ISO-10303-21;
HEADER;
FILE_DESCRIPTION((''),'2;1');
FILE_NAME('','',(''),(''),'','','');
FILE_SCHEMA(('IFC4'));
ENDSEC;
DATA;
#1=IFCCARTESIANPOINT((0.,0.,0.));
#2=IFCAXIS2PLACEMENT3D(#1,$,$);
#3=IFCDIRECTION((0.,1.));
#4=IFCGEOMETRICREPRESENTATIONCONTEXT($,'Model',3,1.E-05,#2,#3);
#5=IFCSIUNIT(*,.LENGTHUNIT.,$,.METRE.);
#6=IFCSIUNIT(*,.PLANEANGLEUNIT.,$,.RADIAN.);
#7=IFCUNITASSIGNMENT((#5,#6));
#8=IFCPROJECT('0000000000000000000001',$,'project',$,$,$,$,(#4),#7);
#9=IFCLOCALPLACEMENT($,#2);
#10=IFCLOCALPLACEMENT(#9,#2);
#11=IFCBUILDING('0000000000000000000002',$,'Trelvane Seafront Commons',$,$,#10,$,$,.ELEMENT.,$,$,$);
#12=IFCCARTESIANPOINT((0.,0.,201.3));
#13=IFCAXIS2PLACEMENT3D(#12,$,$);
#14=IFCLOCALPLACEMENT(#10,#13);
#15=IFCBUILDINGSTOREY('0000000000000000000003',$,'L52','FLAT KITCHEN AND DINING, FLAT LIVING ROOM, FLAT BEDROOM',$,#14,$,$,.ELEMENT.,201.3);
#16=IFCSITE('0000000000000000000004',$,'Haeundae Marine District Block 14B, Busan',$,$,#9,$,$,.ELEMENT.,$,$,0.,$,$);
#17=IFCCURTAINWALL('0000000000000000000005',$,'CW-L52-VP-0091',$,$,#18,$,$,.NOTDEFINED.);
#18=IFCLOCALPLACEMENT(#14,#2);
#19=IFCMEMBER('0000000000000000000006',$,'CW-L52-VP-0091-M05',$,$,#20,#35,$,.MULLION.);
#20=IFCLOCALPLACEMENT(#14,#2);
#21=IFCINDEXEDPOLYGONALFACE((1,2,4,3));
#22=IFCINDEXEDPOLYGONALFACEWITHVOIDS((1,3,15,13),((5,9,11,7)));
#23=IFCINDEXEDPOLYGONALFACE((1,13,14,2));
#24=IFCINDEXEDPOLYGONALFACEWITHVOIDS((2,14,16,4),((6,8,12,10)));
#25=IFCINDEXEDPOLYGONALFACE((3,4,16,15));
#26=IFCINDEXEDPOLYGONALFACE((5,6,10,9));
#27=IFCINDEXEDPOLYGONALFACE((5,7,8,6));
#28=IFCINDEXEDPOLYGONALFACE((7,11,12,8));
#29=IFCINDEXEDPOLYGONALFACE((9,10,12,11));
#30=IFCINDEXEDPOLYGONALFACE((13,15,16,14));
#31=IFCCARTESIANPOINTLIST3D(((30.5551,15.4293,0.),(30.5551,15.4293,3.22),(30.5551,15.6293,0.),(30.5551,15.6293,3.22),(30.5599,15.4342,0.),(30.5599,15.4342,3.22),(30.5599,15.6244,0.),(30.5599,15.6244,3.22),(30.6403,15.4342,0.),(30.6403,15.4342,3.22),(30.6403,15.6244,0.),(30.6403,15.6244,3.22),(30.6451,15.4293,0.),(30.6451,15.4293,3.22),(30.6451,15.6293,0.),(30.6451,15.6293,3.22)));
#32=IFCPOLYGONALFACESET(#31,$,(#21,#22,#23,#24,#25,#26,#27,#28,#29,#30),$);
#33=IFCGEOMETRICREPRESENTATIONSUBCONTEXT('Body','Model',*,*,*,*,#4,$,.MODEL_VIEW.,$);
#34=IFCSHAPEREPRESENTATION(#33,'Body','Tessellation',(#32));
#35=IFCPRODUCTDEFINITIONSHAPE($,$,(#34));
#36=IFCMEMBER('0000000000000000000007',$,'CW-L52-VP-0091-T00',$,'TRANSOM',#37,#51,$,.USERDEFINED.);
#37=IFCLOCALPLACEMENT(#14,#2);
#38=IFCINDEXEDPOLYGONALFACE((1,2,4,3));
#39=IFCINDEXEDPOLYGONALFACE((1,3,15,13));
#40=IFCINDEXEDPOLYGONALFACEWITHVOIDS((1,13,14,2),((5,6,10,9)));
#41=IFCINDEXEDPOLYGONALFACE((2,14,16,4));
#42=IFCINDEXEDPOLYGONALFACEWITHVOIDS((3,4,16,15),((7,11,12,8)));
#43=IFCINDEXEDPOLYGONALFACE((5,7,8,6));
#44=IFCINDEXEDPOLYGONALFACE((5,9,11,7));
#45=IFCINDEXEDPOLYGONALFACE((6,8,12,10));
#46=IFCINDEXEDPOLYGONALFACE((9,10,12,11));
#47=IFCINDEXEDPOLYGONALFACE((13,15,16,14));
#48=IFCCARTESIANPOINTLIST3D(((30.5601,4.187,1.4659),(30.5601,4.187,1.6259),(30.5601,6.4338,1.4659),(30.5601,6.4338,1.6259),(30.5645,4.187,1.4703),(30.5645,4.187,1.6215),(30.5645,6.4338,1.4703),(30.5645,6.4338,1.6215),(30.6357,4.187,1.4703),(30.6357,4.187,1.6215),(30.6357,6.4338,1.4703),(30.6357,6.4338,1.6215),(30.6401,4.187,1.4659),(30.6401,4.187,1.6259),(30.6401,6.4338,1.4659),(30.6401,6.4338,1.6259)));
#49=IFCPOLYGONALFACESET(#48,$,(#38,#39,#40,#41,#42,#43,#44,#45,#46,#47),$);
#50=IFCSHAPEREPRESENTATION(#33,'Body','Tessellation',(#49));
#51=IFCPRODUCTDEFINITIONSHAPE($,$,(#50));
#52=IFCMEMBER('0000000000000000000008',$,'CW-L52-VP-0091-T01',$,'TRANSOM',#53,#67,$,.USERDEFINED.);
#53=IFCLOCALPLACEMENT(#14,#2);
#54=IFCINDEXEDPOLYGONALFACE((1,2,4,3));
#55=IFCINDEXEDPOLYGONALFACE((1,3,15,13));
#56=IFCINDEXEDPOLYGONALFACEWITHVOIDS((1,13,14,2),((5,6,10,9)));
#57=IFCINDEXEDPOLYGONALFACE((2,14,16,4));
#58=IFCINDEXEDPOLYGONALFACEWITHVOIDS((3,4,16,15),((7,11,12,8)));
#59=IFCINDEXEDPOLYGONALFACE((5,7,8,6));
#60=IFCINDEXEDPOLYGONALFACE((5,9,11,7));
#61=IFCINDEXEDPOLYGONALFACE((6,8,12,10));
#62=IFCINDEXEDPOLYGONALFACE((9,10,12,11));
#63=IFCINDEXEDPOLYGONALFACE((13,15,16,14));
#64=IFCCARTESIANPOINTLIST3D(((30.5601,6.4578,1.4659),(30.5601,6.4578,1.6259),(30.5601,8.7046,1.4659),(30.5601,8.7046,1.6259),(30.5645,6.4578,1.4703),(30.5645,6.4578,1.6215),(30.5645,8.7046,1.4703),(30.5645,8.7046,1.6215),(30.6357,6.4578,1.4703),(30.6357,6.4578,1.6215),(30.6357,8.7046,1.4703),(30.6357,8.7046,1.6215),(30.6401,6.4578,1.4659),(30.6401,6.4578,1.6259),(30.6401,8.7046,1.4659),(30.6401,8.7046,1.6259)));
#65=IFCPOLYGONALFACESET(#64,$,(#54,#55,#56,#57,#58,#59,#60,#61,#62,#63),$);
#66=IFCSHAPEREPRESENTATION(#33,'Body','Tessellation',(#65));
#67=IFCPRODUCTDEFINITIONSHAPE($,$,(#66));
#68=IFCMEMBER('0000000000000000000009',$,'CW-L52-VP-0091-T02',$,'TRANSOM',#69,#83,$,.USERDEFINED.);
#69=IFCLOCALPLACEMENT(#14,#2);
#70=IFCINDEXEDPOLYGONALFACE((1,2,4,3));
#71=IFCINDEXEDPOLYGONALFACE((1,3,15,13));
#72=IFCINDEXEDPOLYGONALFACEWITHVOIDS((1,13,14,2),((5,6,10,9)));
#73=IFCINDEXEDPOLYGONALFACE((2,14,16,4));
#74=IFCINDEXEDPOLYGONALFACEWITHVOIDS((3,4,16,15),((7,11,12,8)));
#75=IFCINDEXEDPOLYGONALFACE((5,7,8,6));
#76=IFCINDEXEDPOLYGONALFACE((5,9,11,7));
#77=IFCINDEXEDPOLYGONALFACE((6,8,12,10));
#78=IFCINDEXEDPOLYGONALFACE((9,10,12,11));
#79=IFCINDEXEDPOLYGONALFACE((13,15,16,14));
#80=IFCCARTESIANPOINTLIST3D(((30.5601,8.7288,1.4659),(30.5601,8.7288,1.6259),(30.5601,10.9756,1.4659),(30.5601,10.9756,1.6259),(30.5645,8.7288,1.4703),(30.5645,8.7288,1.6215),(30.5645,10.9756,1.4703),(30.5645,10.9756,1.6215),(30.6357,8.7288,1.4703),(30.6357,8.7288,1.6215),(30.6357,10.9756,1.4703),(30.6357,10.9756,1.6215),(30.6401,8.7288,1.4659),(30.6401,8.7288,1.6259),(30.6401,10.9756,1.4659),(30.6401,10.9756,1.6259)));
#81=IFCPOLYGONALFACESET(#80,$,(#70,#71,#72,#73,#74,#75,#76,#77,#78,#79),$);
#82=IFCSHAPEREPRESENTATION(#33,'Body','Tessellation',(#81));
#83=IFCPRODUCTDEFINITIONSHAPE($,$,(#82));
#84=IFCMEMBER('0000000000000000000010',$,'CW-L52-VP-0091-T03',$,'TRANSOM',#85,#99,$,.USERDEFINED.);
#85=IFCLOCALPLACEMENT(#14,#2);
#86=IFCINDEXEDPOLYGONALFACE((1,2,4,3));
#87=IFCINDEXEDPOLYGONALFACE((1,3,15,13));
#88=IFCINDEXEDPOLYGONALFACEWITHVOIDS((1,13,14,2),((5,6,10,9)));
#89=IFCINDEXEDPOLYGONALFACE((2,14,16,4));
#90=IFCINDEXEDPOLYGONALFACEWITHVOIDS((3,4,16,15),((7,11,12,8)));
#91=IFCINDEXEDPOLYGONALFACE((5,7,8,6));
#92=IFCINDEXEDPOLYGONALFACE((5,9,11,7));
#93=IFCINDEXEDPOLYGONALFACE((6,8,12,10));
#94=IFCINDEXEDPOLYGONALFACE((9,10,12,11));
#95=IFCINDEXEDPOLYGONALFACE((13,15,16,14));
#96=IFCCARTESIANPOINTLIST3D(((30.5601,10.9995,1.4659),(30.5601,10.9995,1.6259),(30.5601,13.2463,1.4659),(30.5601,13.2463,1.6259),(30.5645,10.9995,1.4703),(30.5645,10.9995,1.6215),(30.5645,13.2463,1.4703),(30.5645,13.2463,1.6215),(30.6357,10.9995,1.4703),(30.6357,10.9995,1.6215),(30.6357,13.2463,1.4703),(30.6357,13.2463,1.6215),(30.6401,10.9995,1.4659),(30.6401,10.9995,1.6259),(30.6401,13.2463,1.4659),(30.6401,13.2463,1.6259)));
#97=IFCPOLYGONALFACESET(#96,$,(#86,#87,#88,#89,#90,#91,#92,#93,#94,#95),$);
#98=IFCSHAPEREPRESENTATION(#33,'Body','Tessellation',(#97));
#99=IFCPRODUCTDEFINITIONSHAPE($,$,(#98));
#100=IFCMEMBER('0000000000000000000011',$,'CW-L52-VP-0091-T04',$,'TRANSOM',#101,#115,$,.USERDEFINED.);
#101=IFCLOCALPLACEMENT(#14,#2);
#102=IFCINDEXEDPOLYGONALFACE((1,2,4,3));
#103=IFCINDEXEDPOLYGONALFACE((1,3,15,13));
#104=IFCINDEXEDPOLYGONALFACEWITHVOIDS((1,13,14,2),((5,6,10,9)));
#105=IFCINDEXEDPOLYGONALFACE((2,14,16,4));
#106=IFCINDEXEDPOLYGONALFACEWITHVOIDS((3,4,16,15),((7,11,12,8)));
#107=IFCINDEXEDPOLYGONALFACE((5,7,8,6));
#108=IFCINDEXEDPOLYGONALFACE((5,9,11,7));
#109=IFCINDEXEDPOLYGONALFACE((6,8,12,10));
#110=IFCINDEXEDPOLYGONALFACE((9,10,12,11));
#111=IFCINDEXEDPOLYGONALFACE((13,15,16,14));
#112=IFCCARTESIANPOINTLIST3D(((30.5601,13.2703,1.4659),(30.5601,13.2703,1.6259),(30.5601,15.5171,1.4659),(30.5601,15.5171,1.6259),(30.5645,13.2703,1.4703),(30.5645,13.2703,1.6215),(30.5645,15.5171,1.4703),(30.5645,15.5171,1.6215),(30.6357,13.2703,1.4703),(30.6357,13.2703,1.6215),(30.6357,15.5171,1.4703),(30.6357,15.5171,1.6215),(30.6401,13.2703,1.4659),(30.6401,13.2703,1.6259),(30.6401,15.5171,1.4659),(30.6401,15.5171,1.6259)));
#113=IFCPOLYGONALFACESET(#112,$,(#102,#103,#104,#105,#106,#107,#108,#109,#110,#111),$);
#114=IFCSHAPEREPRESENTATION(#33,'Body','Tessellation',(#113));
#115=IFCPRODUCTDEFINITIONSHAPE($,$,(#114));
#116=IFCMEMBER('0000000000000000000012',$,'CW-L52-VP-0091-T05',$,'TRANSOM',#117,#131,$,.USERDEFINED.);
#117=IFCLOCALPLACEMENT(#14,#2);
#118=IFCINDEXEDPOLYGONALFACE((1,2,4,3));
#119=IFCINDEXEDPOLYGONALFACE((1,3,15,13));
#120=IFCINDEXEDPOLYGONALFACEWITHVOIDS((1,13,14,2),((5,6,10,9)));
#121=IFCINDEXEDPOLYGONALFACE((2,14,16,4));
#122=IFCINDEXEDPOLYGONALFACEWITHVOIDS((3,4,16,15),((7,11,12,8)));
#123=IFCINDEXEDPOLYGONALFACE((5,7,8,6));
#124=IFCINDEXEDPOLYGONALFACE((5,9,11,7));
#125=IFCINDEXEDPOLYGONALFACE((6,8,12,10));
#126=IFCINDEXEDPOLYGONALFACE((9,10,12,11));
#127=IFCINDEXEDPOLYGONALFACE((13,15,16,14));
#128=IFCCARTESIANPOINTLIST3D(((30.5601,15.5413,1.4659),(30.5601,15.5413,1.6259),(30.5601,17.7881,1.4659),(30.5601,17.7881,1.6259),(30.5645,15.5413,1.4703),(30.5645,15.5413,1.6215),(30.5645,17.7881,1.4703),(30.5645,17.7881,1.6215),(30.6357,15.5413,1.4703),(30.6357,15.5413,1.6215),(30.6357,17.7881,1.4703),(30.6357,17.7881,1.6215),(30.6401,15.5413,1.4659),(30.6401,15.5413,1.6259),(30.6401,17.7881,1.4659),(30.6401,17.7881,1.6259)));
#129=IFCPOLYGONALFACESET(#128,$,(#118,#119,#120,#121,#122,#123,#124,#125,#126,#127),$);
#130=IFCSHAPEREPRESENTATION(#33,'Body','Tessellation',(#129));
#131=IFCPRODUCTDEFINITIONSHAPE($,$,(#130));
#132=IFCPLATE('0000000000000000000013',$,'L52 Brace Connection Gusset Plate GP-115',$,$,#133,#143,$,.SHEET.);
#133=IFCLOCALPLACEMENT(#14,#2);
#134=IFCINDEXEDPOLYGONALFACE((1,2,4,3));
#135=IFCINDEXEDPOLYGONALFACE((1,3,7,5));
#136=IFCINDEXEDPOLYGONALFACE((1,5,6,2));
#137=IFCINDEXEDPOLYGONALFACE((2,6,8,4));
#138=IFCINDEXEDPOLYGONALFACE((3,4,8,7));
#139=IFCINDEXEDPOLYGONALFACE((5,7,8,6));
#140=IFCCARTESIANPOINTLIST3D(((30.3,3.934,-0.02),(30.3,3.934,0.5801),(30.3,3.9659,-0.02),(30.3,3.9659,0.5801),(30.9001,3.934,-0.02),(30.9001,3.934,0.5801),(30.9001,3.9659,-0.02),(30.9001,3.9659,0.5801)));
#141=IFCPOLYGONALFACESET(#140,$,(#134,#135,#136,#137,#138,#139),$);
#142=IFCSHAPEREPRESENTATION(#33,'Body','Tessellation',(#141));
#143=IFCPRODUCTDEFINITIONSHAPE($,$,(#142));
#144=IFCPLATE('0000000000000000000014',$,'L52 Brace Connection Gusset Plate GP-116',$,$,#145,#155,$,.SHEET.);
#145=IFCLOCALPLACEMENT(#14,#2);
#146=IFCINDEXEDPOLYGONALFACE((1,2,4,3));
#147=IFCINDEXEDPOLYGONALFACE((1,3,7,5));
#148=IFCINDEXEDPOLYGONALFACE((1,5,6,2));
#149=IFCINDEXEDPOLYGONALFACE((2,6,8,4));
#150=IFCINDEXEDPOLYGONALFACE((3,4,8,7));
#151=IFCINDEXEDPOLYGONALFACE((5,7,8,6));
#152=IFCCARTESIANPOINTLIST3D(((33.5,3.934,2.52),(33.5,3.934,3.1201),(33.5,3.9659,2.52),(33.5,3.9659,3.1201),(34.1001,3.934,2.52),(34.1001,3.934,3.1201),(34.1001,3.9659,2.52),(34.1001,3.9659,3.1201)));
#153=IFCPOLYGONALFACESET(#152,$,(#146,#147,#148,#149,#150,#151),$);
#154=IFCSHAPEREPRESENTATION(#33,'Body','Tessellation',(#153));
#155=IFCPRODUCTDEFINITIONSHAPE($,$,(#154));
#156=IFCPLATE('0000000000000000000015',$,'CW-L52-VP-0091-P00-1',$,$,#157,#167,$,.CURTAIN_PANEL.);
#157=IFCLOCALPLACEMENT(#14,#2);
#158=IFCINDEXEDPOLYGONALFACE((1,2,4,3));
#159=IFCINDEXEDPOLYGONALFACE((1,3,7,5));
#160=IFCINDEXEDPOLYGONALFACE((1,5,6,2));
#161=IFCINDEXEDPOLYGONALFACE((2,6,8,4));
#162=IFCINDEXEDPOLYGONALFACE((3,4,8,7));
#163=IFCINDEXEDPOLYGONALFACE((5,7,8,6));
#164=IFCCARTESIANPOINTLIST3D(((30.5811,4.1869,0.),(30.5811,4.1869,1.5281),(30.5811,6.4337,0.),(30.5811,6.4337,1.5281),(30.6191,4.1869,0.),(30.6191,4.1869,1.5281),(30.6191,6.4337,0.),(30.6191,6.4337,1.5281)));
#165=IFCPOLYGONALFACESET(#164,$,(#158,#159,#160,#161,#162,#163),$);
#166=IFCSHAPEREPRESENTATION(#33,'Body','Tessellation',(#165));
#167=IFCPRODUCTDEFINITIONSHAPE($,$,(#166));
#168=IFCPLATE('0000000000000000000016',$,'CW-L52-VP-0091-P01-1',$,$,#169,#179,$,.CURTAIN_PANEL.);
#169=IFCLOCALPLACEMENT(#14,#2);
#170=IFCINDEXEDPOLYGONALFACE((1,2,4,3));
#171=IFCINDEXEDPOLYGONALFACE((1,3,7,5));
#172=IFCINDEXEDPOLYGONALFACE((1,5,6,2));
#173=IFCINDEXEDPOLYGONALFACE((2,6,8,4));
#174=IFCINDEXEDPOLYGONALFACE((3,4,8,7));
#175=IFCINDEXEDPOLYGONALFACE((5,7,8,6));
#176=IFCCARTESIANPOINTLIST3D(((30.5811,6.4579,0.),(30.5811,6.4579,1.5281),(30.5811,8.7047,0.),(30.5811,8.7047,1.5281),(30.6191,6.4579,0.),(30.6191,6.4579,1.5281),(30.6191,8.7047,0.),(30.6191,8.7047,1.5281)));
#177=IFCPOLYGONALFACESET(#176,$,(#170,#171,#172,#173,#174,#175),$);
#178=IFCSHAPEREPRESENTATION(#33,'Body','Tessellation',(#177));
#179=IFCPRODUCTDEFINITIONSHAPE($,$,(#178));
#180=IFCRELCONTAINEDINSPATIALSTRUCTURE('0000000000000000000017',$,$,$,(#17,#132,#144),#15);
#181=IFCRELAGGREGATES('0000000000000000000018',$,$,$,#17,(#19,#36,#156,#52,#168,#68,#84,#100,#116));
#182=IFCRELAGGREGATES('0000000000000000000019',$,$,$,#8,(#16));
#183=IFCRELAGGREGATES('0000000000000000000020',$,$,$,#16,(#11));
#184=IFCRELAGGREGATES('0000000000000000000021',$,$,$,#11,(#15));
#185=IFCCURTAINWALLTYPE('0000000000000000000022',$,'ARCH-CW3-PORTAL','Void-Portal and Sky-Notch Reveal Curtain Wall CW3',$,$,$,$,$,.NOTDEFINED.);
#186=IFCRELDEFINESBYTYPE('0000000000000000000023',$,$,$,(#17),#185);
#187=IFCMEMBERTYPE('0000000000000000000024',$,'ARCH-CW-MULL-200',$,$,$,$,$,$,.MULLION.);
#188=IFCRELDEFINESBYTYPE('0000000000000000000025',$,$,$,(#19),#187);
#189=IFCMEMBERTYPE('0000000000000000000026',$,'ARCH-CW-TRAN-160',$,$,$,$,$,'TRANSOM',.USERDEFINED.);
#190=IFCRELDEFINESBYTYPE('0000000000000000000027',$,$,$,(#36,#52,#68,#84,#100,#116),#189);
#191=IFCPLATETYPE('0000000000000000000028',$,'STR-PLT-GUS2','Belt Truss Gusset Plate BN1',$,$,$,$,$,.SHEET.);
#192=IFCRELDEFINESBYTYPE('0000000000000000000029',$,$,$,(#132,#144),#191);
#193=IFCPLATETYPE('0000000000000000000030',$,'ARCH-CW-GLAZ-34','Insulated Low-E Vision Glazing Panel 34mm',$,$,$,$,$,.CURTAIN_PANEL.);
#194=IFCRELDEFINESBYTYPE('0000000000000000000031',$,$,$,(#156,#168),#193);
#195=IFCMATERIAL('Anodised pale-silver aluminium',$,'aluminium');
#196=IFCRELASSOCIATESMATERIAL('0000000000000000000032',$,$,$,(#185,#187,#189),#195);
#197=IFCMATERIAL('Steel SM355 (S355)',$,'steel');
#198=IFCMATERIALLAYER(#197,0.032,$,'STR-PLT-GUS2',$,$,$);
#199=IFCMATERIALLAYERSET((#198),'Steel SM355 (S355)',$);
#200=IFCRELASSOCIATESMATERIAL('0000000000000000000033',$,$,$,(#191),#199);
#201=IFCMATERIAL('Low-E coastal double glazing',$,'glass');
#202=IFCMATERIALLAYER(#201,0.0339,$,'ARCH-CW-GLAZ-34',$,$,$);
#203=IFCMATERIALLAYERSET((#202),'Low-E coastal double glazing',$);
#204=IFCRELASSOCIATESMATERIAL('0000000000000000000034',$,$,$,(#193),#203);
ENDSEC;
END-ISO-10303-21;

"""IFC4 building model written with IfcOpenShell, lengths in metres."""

from ifc_helpers import new_model, si_unit, direction, frame, origin, origin_2d, place, context, subcontext, project, spatial, rectangle, hollow_rectangle, extrude, source, transform, mapped, material, layer, layer_set, material_profile, profile_set, type_object, element, aggregate, save


model = new_model("IFC4")

# Units and contexts
model_context = context("Model", 3, precision=1e-05, world=origin(), true_north=direction((0.0, 1.0)))
body_context = subcontext(model_context, "Body", "Model", "MODEL_VIEW")
ifc_project = project(units=[si_unit("LENGTHUNIT", "METRE"), si_unit("PLANEANGLEUNIT", "RADIAN")], contexts=[model_context])

# Site, building, storey
site_placement = place(None, origin())
site = spatial("IfcSite", under=ifc_project, at=site_placement, Name="Haeundae Marine District Block 14B, Busan", CompositionType="ELEMENT", RefElevation=0.0)
building_placement = place(site_placement, origin())
building = spatial("IfcBuilding", under=site, at=building_placement, Name="Trelvane Seafront Commons", CompositionType="ELEMENT")
storey_placement = place(building_placement, frame((0.0, 0.0, 201.3)))
storey = spatial("IfcBuildingStorey", under=building, at=storey_placement, Name="L52", Description="FLAT KITCHEN AND DINING, FLAT LIVING ROOM, FLAT BEDROOM", CompositionType="ELEMENT", Elevation=201.3)

# Shared definitions
ifc_material_1 = material(Name="Steel SM355 (S355)", Category="steel")

# Curtain wall, members
ifc_material_2 = material(Name="Anodised pale-silver aluminium", Category="aluminium")
curtain_wall_type = type_object("IfcCurtainWallType", Name="ARCH-CW3-PORTAL", Description="Void-Portal and Sky-Notch Reveal Curtain Wall CW3", PredefinedType="NOTDEFINED", material=ifc_material_2)
curtain_wall_placement = place(storey_placement, origin())
curtain_wall = element("IfcCurtainWall", 1, at=curtain_wall_placement, inside=storey, type_object=curtain_wall_type, Name="CW-L52-VP-0091", PredefinedType="NOTDEFINED")
ifc_material_profile_1 = material_profile(ifc_material_2, hollow_rectangle(XDim=0.0901, YDim=0.2, WallThickness=0.0049, at=origin_2d()), Name="MULL-90x200x5")
ifc_profile_set_1 = profile_set([ifc_material_profile_1], Name="Anodised pale-silver aluminium")
member_type_1 = type_object("IfcMemberType", Name="ARCH-CW-MULL-200", PredefinedType="MULLION", material=ifc_profile_set_1)
shared_shape_1 = source(origin(), body_context, "Body", "SweptSolid", [
    extrude(hollow_rectangle(XDim=0.0901, YDim=0.2, WallThickness=0.0049, at=origin_2d()), origin(), (0.0, 0.0, 1.0), 3.22),
])
member_1_placement = place(storey_placement, frame((30.6001, 15.5293, 0.0), z_axis=(0.0, 0.0, 1.0), x_axis=(1.0, 0.0, 0.0)))
member_1 = element("IfcMember", 2, at=member_1_placement, type_object=member_type_1, Name="CW-L52-VP-0091-M05", PredefinedType="MULLION", context=body_context, shape_type="MappedRepresentation", body=[
    mapped(shared_shape_1, transform((0.0, 0.0, 0.0), x_axis=(1.0, 0.0, 0.0), y_axis=(0.0, 1.0, 0.0), z_axis=(0.0, 0.0, 1.0), scale=1.0)),
])
ifc_material_profile_2 = material_profile(ifc_material_2, hollow_rectangle(XDim=0.0801, YDim=0.1599, WallThickness=0.0044, at=origin_2d()), Name="TRAN-80x160x4.5")
ifc_profile_set_2 = profile_set([ifc_material_profile_2], Name="Anodised pale-silver aluminium")
member_type_2 = type_object("IfcMemberType", Name="ARCH-CW-TRAN-160", ElementType="TRANSOM", PredefinedType="USERDEFINED", material=ifc_profile_set_2)
shared_shape_2 = source(origin(), body_context, "Body", "SweptSolid", [
    extrude(hollow_rectangle(XDim=0.0801, YDim=0.1599, WallThickness=0.0044, at=origin_2d()), origin(), (0.0, 0.0, 1.0), 2.2468),
])
member_2_placement = place(storey_placement, frame((30.6001, 4.187, 1.5459), z_axis=(0.0, 1.0, 0.0), x_axis=(-1.0, 0.0, 0.0)))
member_2 = element("IfcMember", 3, at=member_2_placement, type_object=member_type_2, Name="CW-L52-VP-0091-T00", ObjectType="TRANSOM", PredefinedType="USERDEFINED", context=body_context, shape_type="MappedRepresentation", body=[
    mapped(shared_shape_2, transform((0.0, 0.0, 0.0), x_axis=(1.0, 0.0, 0.0), y_axis=(0.0, 1.0, 0.0), z_axis=(0.0, 0.0, 1.0), scale=1.0)),
])
member_3_placement = place(storey_placement, frame((30.6001, 6.4578, 1.5459), z_axis=(0.0, 1.0, 0.0), x_axis=(-1.0, 0.0, 0.0)))
member_3 = element("IfcMember", 4, at=member_3_placement, type_object=member_type_2, Name="CW-L52-VP-0091-T01", ObjectType="TRANSOM", PredefinedType="USERDEFINED", context=body_context, shape_type="MappedRepresentation", body=[
    mapped(shared_shape_2, transform((0.0, 0.0, 0.0), x_axis=(1.0, 0.0, 0.0), y_axis=(0.0, 1.0, 0.0), z_axis=(0.0, 0.0, 1.0), scale=1.0)),
])
member_4_placement = place(storey_placement, frame((30.6001, 8.7288, 1.5459), z_axis=(0.0, 1.0, 0.0), x_axis=(-1.0, 0.0, 0.0)))
member_4 = element("IfcMember", 5, at=member_4_placement, type_object=member_type_2, Name="CW-L52-VP-0091-T02", ObjectType="TRANSOM", PredefinedType="USERDEFINED", context=body_context, shape_type="MappedRepresentation", body=[
    mapped(shared_shape_2, transform((0.0, 0.0, 0.0), x_axis=(1.0, 0.0, 0.0), y_axis=(0.0, 1.0, 0.0), z_axis=(0.0, 0.0, 1.0), scale=1.0)),
])
member_5_placement = place(storey_placement, frame((30.6001, 10.9995, 1.5459), z_axis=(0.0, 1.0, 0.0), x_axis=(-1.0, 0.0, 0.0)))
member_5 = element("IfcMember", 6, at=member_5_placement, type_object=member_type_2, Name="CW-L52-VP-0091-T03", ObjectType="TRANSOM", PredefinedType="USERDEFINED", context=body_context, shape_type="MappedRepresentation", body=[
    mapped(shared_shape_2, transform((0.0, 0.0, 0.0), x_axis=(1.0, 0.0, 0.0), y_axis=(0.0, 1.0, 0.0), z_axis=(0.0, 0.0, 1.0), scale=1.0)),
])
member_6_placement = place(storey_placement, frame((30.6001, 13.2703, 1.5459), z_axis=(0.0, 1.0, 0.0), x_axis=(-1.0, 0.0, 0.0)))
member_6 = element("IfcMember", 7, at=member_6_placement, type_object=member_type_2, Name="CW-L52-VP-0091-T04", ObjectType="TRANSOM", PredefinedType="USERDEFINED", context=body_context, shape_type="MappedRepresentation", body=[
    mapped(shared_shape_2, transform((0.0, 0.0, 0.0), x_axis=(1.0, 0.0, 0.0), y_axis=(0.0, 1.0, 0.0), z_axis=(0.0, 0.0, 1.0), scale=1.0)),
])
member_7_placement = place(storey_placement, frame((30.6001, 15.5413, 1.5459), z_axis=(0.0, 1.0, 0.0), x_axis=(-1.0, 0.0, 0.0)))
member_7 = element("IfcMember", 8, at=member_7_placement, type_object=member_type_2, Name="CW-L52-VP-0091-T05", ObjectType="TRANSOM", PredefinedType="USERDEFINED", context=body_context, shape_type="MappedRepresentation", body=[
    mapped(shared_shape_2, transform((0.0, 0.0, 0.0), x_axis=(1.0, 0.0, 0.0), y_axis=(0.0, 1.0, 0.0), z_axis=(0.0, 0.0, 1.0), scale=1.0)),
])

# Plates
ifc_layer_1 = layer(ifc_material_1, 0.032, Name="STR-PLT-GUS2")
ifc_layer_set_1 = layer_set([ifc_layer_1], Name="Steel SM355 (S355)")
plate_type_1 = type_object("IfcPlateType", Name="STR-PLT-GUS2", Description="Belt Truss Gusset Plate BN1", PredefinedType="SHEET", material=ifc_layer_set_1)
shared_shape_3 = source(origin(), body_context, "Body", "SweptSolid", [
    extrude(rectangle(XDim=0.6001, YDim=0.032, at=origin_2d()), origin(), (0.0, 0.0, 1.0), 0.6001),
])
for number, where, z_axis, x_axis, name in (
    (9, (30.6001, 3.95, -0.02), (0.0, 0.0, 1.0), (1.0, 0.0, 0.0), "L52 Brace Connection Gusset Plate GP-115"),
    (10, (33.8, 3.95, 2.52), (0.0, 0.0, 1.0), (1.0, 0.0, 0.0), "L52 Brace Connection Gusset Plate GP-116"),
):
    element("IfcPlate", number, at=place(storey_placement, frame(where, z_axis=z_axis, x_axis=x_axis)), inside=storey, type_object=plate_type_1, Name=name, PredefinedType="SHEET", context=body_context, shape_type="MappedRepresentation", body=[
        mapped(shared_shape_3, transform((0.0, 0.0, 0.0), x_axis=(1.0, 0.0, 0.0), y_axis=(0.0, 1.0, 0.0), z_axis=(0.0, 0.0, 1.0), scale=1.0)),
    ])

# Plates
ifc_material_3 = material(Name="Low-E coastal double glazing", Category="glass")
ifc_layer_2 = layer(ifc_material_3, 0.0339, Name="ARCH-CW-GLAZ-34")
ifc_layer_set_2 = layer_set([ifc_layer_2], Name="Low-E coastal double glazing")
plate_type_2 = type_object("IfcPlateType", Name="ARCH-CW-GLAZ-34", Description="Insulated Low-E Vision Glazing Panel 34mm", PredefinedType="CURTAIN_PANEL", material=ifc_layer_set_2)
shared_shape_4 = source(origin(), body_context, "Body", "SweptSolid", [
    extrude(rectangle(XDim=2.2468, YDim=0.0381, at=origin_2d()), origin(), (0.0, 0.0, 1.0), 1.5281),
])
plate_1_placement = place(storey_placement, frame((30.6001, 5.3103, 0.0), z_axis=(0.0, 0.0, 1.0), x_axis=(0.0, 1.0, 0.0)))
plate_1 = element("IfcPlate", 11, at=plate_1_placement, type_object=plate_type_2, Name="CW-L52-VP-0091-P00-1", PredefinedType="CURTAIN_PANEL", context=body_context, shape_type="MappedRepresentation", body=[
    mapped(shared_shape_4, transform((0.0, 0.0, 0.0), x_axis=(1.0, 0.0, 0.0), y_axis=(0.0, 1.0, 0.0), z_axis=(0.0, 0.0, 1.0), scale=1.0)),
])
plate_2_placement = place(storey_placement, frame((30.6001, 7.5813, 0.0), z_axis=(0.0, 0.0, 1.0), x_axis=(0.0, 1.0, 0.0)))
plate_2 = element("IfcPlate", 12, at=plate_2_placement, type_object=plate_type_2, Name="CW-L52-VP-0091-P01-1", PredefinedType="CURTAIN_PANEL", context=body_context, shape_type="MappedRepresentation", body=[
    mapped(shared_shape_4, transform((0.0, 0.0, 0.0), x_axis=(1.0, 0.0, 0.0), y_axis=(0.0, 1.0, 0.0), z_axis=(0.0, 0.0, 1.0), scale=1.0)),
])
aggregate(curtain_wall, [member_1, member_2, plate_1, member_3, plate_2, member_4, member_5, member_6, member_7])

save(model, "model.ifc")
